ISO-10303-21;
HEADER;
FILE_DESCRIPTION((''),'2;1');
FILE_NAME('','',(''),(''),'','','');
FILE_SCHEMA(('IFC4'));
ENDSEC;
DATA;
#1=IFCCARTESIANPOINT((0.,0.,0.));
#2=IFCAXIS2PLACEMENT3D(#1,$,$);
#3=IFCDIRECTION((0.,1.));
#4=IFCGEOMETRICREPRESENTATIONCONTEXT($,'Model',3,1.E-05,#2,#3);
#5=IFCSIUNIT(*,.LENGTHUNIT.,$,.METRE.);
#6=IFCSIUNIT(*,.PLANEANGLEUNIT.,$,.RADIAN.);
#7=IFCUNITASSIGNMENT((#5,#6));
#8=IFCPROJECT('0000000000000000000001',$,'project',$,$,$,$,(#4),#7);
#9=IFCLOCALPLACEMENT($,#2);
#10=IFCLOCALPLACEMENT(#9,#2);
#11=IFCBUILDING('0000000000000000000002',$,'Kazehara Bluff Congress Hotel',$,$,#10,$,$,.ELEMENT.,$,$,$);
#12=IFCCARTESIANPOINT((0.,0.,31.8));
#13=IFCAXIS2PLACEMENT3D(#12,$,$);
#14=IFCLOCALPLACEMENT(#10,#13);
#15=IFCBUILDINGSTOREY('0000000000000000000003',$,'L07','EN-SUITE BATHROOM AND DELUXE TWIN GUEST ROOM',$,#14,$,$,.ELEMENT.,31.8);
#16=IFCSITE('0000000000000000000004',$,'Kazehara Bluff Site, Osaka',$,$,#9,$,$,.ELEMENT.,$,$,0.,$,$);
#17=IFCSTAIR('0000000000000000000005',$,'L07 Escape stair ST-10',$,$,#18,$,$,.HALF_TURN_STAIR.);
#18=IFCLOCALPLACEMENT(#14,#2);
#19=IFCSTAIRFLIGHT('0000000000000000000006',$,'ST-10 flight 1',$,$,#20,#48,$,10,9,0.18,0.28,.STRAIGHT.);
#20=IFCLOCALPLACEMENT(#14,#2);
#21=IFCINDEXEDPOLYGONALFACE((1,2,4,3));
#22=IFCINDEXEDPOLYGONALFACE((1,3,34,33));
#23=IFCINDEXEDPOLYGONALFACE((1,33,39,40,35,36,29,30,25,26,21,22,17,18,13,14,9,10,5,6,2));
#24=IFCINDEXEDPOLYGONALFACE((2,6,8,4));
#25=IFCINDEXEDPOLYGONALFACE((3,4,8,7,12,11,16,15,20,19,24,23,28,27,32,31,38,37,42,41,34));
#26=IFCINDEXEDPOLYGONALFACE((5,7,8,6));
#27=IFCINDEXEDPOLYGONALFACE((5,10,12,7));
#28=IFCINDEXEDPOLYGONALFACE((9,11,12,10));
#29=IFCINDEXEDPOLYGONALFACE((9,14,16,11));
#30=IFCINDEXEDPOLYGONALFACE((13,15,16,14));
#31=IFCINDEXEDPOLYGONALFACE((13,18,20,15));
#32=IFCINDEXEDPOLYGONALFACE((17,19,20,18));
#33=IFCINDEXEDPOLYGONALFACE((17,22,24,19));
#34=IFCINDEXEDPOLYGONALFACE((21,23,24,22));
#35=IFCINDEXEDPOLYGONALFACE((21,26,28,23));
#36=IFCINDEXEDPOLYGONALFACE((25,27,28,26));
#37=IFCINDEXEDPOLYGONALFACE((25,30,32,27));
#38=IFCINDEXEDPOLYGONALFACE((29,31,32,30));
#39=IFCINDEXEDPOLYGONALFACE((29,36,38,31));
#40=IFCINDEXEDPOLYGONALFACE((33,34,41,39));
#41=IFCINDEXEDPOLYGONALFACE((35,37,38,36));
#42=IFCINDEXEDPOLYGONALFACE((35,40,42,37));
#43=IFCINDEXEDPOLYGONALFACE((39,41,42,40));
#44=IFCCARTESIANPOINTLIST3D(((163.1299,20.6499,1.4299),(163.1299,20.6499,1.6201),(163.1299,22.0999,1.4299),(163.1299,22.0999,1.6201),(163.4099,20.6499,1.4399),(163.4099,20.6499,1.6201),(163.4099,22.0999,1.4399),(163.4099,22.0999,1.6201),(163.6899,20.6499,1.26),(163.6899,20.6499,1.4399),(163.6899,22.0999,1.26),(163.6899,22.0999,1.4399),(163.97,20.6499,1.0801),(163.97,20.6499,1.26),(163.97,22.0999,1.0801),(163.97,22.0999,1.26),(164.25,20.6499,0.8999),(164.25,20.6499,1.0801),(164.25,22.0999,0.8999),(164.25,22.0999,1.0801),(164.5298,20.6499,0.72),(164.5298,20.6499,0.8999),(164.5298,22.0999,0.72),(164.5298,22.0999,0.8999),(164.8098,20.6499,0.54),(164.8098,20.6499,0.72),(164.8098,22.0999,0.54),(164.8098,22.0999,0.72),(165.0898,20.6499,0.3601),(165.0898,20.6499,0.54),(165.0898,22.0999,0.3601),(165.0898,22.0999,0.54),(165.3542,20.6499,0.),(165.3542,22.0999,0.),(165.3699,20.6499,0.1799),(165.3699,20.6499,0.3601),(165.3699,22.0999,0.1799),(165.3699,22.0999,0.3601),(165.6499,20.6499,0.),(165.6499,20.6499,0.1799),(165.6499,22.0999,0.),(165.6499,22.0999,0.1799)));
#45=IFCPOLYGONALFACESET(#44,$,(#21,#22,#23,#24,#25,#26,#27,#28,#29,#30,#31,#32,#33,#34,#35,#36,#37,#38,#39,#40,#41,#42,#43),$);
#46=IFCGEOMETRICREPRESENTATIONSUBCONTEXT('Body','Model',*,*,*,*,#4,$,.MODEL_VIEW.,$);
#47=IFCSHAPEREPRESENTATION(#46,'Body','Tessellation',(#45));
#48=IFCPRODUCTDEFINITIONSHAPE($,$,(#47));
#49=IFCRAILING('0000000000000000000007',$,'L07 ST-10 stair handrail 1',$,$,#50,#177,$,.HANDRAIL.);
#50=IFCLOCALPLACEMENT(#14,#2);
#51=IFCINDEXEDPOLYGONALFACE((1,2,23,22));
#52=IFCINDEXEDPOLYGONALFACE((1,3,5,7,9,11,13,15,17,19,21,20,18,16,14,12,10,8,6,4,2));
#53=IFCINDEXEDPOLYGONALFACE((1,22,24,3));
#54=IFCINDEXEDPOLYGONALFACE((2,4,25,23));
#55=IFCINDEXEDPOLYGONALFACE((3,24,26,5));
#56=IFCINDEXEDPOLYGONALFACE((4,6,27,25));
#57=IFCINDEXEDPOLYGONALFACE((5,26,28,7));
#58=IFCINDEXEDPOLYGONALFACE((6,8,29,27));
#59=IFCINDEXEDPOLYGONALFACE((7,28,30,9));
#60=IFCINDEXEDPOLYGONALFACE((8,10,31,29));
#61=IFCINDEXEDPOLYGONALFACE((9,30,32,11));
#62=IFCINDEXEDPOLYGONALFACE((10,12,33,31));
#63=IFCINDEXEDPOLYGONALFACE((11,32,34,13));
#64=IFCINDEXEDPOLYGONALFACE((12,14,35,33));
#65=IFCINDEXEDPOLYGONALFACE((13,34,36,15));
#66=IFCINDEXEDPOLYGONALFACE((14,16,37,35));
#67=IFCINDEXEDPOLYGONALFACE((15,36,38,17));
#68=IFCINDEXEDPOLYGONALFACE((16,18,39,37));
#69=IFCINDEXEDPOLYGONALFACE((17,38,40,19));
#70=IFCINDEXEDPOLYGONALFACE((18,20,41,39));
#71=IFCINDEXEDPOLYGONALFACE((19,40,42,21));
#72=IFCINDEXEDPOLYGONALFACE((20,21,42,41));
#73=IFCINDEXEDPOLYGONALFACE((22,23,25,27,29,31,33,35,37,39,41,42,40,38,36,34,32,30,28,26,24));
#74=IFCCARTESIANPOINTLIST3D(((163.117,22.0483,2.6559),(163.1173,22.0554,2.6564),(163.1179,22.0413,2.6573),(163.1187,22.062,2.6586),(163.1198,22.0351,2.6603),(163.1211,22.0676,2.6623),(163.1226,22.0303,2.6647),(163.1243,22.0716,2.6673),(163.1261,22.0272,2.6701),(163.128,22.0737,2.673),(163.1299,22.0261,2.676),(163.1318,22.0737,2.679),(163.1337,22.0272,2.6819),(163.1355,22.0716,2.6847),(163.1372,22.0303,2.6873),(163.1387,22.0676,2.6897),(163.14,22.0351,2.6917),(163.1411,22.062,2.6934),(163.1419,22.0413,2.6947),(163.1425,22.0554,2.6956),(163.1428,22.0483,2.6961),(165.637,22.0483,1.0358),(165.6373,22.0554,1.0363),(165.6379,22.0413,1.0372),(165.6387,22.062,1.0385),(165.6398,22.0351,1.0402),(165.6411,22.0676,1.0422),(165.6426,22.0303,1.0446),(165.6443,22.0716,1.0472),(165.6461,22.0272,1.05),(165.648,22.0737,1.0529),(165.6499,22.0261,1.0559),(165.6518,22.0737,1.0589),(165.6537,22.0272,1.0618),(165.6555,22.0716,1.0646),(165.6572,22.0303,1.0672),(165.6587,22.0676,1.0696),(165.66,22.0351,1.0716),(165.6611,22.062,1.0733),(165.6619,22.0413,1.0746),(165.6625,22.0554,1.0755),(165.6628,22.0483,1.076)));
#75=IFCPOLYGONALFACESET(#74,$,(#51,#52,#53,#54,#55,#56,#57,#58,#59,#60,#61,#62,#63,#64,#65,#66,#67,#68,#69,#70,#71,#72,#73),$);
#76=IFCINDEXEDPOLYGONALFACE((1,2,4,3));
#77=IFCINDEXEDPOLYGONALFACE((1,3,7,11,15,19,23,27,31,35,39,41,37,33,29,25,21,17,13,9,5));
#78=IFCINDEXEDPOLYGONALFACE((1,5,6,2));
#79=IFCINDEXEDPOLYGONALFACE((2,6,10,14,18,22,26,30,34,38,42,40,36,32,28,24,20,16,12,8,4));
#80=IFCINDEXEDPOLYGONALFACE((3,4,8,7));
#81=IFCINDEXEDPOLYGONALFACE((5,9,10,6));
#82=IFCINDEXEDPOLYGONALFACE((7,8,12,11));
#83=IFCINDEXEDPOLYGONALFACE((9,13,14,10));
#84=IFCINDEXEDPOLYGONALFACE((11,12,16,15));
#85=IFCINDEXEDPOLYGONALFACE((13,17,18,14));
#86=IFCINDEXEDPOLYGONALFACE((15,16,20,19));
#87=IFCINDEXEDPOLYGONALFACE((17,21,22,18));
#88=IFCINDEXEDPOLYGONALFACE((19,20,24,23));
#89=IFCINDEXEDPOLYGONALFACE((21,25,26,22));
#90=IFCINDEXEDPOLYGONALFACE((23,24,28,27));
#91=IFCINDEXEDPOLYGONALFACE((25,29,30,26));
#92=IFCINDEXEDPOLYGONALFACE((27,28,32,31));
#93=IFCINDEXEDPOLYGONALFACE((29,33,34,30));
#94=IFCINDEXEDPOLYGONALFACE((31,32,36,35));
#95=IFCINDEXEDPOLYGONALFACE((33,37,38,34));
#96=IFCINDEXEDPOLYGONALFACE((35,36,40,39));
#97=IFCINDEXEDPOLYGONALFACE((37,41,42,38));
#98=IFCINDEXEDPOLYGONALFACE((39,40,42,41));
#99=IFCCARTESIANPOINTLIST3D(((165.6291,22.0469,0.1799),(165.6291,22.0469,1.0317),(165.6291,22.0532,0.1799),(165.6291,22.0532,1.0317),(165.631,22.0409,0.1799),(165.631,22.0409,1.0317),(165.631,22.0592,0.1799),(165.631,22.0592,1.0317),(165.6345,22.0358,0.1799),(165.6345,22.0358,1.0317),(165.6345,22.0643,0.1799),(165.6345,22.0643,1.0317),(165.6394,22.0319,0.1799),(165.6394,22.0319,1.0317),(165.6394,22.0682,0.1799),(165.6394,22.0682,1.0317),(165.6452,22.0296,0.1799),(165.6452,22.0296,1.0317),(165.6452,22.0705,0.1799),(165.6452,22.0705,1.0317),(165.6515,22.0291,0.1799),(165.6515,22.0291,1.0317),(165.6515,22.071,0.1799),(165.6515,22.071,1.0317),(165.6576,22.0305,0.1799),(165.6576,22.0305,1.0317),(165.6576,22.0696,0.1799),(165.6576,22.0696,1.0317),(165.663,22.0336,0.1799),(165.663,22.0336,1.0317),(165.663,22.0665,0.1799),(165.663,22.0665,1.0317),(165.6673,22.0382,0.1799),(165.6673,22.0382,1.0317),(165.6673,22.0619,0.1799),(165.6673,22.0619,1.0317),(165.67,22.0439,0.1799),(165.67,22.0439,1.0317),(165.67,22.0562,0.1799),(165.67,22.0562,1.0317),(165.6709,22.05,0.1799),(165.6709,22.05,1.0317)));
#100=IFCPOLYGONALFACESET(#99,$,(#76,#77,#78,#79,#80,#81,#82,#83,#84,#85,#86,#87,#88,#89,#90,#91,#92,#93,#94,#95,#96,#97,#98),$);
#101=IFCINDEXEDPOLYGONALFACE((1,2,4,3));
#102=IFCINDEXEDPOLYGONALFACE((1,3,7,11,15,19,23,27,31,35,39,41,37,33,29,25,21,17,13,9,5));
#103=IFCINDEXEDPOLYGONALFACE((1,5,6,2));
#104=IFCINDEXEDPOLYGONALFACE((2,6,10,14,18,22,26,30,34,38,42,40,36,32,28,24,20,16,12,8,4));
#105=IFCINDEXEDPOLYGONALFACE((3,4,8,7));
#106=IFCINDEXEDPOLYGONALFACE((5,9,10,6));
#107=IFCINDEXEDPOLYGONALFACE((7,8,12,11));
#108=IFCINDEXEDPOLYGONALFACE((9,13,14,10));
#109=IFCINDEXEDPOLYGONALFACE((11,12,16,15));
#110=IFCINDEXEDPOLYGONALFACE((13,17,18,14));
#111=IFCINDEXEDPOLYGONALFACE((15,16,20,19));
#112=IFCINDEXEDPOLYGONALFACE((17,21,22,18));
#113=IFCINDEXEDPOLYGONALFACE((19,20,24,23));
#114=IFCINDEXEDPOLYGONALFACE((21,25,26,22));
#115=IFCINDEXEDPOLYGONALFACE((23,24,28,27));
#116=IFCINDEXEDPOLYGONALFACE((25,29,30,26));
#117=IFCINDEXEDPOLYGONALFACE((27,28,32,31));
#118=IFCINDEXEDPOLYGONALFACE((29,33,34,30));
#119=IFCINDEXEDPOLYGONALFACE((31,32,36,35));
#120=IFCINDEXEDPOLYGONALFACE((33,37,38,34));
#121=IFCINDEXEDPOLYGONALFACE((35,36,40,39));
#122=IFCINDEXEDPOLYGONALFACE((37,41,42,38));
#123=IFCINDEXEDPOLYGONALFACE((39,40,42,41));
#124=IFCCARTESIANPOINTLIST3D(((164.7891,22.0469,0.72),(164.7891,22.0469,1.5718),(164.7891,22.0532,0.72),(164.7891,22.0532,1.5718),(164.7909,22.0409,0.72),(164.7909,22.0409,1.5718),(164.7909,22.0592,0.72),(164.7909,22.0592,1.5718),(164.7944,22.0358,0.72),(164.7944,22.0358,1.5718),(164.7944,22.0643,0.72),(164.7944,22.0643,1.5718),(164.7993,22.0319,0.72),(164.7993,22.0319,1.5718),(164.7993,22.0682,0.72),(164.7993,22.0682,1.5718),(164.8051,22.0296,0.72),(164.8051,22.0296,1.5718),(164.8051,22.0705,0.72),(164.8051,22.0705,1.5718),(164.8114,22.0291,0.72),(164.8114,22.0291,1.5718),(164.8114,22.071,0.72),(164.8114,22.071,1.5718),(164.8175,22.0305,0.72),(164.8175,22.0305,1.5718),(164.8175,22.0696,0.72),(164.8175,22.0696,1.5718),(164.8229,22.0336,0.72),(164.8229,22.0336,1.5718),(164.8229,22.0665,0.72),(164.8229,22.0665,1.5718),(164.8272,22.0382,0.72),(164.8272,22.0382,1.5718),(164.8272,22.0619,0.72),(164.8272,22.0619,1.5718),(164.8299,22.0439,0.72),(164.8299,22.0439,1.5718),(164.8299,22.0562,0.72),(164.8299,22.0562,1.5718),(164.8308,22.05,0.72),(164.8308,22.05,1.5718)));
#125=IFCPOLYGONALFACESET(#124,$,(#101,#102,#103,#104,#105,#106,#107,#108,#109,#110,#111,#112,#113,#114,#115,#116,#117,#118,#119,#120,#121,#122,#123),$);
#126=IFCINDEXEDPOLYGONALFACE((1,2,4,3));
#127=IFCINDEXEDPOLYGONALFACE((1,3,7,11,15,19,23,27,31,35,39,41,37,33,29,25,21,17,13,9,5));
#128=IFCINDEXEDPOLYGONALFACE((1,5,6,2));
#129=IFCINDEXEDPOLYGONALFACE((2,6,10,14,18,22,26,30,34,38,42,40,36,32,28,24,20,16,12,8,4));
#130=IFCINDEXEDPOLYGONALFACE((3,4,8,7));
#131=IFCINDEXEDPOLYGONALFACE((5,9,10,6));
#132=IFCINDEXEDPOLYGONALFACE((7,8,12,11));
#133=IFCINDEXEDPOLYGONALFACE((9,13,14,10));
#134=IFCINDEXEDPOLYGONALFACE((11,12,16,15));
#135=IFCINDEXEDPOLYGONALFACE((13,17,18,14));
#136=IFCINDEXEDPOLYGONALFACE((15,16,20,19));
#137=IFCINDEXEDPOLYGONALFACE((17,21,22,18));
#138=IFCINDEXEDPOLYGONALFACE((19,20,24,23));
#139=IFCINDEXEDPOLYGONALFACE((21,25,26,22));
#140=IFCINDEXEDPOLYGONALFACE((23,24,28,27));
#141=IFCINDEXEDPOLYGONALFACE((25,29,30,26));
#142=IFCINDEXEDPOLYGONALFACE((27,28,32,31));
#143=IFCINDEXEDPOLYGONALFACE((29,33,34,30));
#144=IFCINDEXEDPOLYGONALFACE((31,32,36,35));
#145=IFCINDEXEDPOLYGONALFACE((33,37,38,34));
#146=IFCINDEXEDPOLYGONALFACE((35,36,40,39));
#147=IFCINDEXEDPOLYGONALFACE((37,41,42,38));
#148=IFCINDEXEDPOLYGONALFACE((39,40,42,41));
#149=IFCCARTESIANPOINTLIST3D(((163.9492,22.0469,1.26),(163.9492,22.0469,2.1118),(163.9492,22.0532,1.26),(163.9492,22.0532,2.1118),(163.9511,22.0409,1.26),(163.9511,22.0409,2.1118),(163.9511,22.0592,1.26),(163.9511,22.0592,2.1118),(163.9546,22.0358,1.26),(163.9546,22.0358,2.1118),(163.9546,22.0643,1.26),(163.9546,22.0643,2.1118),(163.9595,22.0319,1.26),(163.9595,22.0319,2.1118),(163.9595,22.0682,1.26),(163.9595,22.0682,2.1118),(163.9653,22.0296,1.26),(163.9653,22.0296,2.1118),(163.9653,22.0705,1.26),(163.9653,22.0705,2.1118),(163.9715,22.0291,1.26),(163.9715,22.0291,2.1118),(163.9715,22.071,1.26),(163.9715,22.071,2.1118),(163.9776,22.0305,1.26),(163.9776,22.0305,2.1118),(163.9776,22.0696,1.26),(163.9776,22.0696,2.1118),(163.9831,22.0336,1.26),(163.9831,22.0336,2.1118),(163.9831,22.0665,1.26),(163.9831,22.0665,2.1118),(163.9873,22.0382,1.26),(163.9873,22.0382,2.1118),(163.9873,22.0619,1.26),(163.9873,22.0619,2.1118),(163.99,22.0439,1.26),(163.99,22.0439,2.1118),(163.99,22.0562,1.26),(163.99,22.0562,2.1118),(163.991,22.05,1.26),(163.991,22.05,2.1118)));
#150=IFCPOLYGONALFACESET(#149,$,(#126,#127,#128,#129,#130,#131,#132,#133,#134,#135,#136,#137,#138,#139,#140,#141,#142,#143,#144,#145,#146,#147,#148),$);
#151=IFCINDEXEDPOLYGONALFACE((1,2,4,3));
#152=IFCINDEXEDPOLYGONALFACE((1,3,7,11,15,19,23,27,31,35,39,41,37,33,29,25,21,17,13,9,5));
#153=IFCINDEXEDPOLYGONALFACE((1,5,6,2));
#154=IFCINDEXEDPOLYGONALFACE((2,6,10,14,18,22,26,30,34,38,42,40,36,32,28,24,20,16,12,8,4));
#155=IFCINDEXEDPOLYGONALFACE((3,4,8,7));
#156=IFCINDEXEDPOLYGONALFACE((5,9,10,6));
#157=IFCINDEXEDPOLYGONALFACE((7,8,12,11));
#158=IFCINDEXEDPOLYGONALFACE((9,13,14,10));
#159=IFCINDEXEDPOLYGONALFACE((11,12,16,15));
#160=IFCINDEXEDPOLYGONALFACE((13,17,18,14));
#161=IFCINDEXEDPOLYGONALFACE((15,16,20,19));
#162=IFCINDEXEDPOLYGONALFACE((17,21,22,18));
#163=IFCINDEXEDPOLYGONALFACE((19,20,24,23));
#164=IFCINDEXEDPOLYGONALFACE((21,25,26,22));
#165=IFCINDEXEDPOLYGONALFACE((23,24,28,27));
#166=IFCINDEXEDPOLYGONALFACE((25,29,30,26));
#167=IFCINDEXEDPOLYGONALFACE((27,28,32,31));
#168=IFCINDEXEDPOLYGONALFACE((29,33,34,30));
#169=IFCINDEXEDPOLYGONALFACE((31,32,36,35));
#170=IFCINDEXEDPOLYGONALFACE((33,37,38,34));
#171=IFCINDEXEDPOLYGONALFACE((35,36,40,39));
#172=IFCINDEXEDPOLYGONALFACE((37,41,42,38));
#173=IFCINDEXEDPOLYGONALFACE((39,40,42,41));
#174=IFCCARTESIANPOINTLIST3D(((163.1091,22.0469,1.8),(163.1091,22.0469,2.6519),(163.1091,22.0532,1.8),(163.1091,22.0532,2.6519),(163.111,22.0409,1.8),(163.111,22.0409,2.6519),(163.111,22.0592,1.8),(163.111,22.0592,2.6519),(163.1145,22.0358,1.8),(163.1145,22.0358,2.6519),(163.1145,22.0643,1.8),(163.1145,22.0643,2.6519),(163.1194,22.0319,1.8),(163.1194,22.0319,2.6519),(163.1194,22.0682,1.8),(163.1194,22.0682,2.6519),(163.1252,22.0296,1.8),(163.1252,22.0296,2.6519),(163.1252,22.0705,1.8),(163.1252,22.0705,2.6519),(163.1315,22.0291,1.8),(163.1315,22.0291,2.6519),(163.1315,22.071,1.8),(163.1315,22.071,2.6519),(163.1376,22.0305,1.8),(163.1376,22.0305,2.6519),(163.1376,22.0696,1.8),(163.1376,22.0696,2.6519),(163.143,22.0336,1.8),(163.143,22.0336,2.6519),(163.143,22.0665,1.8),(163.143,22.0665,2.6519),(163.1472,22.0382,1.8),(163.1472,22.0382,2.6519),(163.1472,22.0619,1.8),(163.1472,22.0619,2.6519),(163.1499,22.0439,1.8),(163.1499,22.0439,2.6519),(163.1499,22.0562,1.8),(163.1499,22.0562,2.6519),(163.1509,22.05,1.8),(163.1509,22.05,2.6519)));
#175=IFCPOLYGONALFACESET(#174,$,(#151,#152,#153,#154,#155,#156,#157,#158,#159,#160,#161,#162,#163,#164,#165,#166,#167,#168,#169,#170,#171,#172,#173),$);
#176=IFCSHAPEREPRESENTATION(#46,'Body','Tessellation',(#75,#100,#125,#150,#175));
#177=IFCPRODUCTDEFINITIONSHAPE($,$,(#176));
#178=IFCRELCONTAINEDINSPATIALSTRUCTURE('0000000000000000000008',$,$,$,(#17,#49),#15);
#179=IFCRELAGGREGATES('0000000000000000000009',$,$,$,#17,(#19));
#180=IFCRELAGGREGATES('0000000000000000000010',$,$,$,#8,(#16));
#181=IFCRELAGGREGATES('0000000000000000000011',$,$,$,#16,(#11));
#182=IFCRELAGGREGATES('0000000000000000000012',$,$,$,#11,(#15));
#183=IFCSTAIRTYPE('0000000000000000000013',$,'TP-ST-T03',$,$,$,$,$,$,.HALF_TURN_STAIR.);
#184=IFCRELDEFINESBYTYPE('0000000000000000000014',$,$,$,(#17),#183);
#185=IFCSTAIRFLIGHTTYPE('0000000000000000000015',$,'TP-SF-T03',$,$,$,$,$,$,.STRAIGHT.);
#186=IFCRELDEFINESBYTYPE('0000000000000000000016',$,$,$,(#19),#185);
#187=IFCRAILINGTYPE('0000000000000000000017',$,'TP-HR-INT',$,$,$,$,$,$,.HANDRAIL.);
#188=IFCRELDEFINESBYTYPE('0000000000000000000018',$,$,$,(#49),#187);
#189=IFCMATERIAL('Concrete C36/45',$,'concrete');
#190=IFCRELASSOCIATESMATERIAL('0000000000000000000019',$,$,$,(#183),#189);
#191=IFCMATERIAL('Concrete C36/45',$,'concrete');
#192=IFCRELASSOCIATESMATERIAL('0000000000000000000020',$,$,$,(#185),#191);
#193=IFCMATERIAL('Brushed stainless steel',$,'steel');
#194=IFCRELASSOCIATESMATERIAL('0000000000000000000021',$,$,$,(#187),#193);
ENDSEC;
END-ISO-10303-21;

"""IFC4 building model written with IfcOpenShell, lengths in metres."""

from ifc_helpers import new_model, si_unit, direction, frame, origin, origin_2d, place, context, subcontext, project, spatial, polyline, circle, outline, extrude, material, type_object, element, aggregate, save


model = new_model("IFC4")

# Units and contexts
model_context = context("Model", 3, precision=1e-05, world=origin(), true_north=direction((0.0, 1.0)))
body_context = subcontext(model_context, "Body", "Model", "MODEL_VIEW")
ifc_project = project(units=[si_unit("LENGTHUNIT", "METRE"), si_unit("PLANEANGLEUNIT", "RADIAN")], contexts=[model_context])

# Site, building, storey
site_placement = place(None, origin())
site = spatial("IfcSite", under=ifc_project, at=site_placement, Name="Kazehara Bluff Site, Osaka", CompositionType="ELEMENT", RefElevation=0.0)
building_placement = place(site_placement, origin())
building = spatial("IfcBuilding", under=site, at=building_placement, Name="Kazehara Bluff Congress Hotel", CompositionType="ELEMENT")
storey_placement = place(building_placement, frame((0.0, 0.0, 31.8)))
storey = spatial("IfcBuildingStorey", under=building, at=storey_placement, Name="L07", Description="EN-SUITE BATHROOM AND DELUXE TWIN GUEST ROOM", CompositionType="ELEMENT", Elevation=31.8)

# Stair, stair flight
ifc_material_1 = material(Name="Concrete C36/45", Category="concrete")
stair_type = type_object("IfcStairType", Name="TP-ST-T03", PredefinedType="HALF_TURN_STAIR", material=ifc_material_1)
stair_placement = place(storey_placement, origin())
stair = element("IfcStair", 1, at=stair_placement, inside=storey, type_object=stair_type, Name="L07 Escape stair ST-10", PredefinedType="HALF_TURN_STAIR")
ifc_material_2 = material(Name="Concrete C36/45", Category="concrete")
stair_flight_type = type_object("IfcStairFlightType", Name="TP-SF-T03", PredefinedType="STRAIGHT", material=ifc_material_2)
stair_flight_placement = place(storey_placement, frame((165.6499, 21.375, 0.0), z_axis=(0.0, 0.0, 1.0), x_axis=(-1.0, 0.0, 0.0)))
stair_flight = element("IfcStairFlight", 2, at=stair_flight_placement, type_object=stair_flight_type, Name="ST-10 flight 1", NumberOfRisers=10, NumberOfTreads=9, PredefinedType="STRAIGHT", RiserHeight=0.18, TreadLength=0.28, context=body_context, shape_type="SweptSolid", body=[
    extrude(outline(polyline([(0.0, 0.0), (0.0, 0.1799), (0.28, 0.1799), (0.28, 0.3601), (0.5601, 0.3601), (0.5601, 0.54), (0.8401, 0.54), (0.8401, 0.72), (1.1201, 0.72), (1.1201, 0.8999), (1.3999, 0.8999), (1.3999, 1.0801), (1.6799, 1.0801), (1.6799, 1.26), (1.96, 1.26), (1.96, 1.4399), (2.24, 1.4399), (2.24, 1.6201), (2.52, 1.6201), (2.52, 1.8), (2.52, 1.4299), (0.2957, 0.0), (0.0, 0.0)])), frame((0.0, 0.7251, 0.0), z_axis=(0.0, -1.0, 0.0), x_axis=(1.0, 0.0, 0.0)), (0.0, 0.0, 1.0), 1.45),
])
aggregate(stair, [stair_flight])

# Railing
ifc_material_3 = material(Name="Brushed stainless steel", Category="steel")
railing_type = type_object("IfcRailingType", Name="TP-HR-INT", PredefinedType="HANDRAIL", material=ifc_material_3)
railing_placement = place(storey_placement, frame((165.6499, 22.05, 0.1799)))
element("IfcRailing", 3, at=railing_placement, inside=storey, type_object=railing_type, Name="L07 ST-10 stair handrail 1", PredefinedType="HANDRAIL", context=body_context, shape_type="SweptSolid", body=[
    extrude(circle(Radius=0.0239, at=origin_2d()), frame((0.0, 0.0, 0.876), z_axis=(-0.841163, 0.0, 0.540782), x_axis=(0.0, -1.0, 0.0)), (0.0, 0.0, 1.0), 2.9958),
    extrude(circle(Radius=0.021, at=origin_2d()), origin(), (0.0, 0.0, 1.0), 0.8518),
    extrude(circle(Radius=0.021, at=origin_2d()), frame((-0.8401, 0.0, 0.54)), (0.0, 0.0, 1.0), 0.8518),
    extrude(circle(Radius=0.021, at=origin_2d()), frame((-1.6799, 0.0, 1.0801)), (0.0, 0.0, 1.0), 0.8518),
    extrude(circle(Radius=0.021, at=origin_2d()), frame((-2.52, 0.0, 1.6201)), (0.0, 0.0, 1.0), 0.8518),
])

save(model, "model.ifc")
